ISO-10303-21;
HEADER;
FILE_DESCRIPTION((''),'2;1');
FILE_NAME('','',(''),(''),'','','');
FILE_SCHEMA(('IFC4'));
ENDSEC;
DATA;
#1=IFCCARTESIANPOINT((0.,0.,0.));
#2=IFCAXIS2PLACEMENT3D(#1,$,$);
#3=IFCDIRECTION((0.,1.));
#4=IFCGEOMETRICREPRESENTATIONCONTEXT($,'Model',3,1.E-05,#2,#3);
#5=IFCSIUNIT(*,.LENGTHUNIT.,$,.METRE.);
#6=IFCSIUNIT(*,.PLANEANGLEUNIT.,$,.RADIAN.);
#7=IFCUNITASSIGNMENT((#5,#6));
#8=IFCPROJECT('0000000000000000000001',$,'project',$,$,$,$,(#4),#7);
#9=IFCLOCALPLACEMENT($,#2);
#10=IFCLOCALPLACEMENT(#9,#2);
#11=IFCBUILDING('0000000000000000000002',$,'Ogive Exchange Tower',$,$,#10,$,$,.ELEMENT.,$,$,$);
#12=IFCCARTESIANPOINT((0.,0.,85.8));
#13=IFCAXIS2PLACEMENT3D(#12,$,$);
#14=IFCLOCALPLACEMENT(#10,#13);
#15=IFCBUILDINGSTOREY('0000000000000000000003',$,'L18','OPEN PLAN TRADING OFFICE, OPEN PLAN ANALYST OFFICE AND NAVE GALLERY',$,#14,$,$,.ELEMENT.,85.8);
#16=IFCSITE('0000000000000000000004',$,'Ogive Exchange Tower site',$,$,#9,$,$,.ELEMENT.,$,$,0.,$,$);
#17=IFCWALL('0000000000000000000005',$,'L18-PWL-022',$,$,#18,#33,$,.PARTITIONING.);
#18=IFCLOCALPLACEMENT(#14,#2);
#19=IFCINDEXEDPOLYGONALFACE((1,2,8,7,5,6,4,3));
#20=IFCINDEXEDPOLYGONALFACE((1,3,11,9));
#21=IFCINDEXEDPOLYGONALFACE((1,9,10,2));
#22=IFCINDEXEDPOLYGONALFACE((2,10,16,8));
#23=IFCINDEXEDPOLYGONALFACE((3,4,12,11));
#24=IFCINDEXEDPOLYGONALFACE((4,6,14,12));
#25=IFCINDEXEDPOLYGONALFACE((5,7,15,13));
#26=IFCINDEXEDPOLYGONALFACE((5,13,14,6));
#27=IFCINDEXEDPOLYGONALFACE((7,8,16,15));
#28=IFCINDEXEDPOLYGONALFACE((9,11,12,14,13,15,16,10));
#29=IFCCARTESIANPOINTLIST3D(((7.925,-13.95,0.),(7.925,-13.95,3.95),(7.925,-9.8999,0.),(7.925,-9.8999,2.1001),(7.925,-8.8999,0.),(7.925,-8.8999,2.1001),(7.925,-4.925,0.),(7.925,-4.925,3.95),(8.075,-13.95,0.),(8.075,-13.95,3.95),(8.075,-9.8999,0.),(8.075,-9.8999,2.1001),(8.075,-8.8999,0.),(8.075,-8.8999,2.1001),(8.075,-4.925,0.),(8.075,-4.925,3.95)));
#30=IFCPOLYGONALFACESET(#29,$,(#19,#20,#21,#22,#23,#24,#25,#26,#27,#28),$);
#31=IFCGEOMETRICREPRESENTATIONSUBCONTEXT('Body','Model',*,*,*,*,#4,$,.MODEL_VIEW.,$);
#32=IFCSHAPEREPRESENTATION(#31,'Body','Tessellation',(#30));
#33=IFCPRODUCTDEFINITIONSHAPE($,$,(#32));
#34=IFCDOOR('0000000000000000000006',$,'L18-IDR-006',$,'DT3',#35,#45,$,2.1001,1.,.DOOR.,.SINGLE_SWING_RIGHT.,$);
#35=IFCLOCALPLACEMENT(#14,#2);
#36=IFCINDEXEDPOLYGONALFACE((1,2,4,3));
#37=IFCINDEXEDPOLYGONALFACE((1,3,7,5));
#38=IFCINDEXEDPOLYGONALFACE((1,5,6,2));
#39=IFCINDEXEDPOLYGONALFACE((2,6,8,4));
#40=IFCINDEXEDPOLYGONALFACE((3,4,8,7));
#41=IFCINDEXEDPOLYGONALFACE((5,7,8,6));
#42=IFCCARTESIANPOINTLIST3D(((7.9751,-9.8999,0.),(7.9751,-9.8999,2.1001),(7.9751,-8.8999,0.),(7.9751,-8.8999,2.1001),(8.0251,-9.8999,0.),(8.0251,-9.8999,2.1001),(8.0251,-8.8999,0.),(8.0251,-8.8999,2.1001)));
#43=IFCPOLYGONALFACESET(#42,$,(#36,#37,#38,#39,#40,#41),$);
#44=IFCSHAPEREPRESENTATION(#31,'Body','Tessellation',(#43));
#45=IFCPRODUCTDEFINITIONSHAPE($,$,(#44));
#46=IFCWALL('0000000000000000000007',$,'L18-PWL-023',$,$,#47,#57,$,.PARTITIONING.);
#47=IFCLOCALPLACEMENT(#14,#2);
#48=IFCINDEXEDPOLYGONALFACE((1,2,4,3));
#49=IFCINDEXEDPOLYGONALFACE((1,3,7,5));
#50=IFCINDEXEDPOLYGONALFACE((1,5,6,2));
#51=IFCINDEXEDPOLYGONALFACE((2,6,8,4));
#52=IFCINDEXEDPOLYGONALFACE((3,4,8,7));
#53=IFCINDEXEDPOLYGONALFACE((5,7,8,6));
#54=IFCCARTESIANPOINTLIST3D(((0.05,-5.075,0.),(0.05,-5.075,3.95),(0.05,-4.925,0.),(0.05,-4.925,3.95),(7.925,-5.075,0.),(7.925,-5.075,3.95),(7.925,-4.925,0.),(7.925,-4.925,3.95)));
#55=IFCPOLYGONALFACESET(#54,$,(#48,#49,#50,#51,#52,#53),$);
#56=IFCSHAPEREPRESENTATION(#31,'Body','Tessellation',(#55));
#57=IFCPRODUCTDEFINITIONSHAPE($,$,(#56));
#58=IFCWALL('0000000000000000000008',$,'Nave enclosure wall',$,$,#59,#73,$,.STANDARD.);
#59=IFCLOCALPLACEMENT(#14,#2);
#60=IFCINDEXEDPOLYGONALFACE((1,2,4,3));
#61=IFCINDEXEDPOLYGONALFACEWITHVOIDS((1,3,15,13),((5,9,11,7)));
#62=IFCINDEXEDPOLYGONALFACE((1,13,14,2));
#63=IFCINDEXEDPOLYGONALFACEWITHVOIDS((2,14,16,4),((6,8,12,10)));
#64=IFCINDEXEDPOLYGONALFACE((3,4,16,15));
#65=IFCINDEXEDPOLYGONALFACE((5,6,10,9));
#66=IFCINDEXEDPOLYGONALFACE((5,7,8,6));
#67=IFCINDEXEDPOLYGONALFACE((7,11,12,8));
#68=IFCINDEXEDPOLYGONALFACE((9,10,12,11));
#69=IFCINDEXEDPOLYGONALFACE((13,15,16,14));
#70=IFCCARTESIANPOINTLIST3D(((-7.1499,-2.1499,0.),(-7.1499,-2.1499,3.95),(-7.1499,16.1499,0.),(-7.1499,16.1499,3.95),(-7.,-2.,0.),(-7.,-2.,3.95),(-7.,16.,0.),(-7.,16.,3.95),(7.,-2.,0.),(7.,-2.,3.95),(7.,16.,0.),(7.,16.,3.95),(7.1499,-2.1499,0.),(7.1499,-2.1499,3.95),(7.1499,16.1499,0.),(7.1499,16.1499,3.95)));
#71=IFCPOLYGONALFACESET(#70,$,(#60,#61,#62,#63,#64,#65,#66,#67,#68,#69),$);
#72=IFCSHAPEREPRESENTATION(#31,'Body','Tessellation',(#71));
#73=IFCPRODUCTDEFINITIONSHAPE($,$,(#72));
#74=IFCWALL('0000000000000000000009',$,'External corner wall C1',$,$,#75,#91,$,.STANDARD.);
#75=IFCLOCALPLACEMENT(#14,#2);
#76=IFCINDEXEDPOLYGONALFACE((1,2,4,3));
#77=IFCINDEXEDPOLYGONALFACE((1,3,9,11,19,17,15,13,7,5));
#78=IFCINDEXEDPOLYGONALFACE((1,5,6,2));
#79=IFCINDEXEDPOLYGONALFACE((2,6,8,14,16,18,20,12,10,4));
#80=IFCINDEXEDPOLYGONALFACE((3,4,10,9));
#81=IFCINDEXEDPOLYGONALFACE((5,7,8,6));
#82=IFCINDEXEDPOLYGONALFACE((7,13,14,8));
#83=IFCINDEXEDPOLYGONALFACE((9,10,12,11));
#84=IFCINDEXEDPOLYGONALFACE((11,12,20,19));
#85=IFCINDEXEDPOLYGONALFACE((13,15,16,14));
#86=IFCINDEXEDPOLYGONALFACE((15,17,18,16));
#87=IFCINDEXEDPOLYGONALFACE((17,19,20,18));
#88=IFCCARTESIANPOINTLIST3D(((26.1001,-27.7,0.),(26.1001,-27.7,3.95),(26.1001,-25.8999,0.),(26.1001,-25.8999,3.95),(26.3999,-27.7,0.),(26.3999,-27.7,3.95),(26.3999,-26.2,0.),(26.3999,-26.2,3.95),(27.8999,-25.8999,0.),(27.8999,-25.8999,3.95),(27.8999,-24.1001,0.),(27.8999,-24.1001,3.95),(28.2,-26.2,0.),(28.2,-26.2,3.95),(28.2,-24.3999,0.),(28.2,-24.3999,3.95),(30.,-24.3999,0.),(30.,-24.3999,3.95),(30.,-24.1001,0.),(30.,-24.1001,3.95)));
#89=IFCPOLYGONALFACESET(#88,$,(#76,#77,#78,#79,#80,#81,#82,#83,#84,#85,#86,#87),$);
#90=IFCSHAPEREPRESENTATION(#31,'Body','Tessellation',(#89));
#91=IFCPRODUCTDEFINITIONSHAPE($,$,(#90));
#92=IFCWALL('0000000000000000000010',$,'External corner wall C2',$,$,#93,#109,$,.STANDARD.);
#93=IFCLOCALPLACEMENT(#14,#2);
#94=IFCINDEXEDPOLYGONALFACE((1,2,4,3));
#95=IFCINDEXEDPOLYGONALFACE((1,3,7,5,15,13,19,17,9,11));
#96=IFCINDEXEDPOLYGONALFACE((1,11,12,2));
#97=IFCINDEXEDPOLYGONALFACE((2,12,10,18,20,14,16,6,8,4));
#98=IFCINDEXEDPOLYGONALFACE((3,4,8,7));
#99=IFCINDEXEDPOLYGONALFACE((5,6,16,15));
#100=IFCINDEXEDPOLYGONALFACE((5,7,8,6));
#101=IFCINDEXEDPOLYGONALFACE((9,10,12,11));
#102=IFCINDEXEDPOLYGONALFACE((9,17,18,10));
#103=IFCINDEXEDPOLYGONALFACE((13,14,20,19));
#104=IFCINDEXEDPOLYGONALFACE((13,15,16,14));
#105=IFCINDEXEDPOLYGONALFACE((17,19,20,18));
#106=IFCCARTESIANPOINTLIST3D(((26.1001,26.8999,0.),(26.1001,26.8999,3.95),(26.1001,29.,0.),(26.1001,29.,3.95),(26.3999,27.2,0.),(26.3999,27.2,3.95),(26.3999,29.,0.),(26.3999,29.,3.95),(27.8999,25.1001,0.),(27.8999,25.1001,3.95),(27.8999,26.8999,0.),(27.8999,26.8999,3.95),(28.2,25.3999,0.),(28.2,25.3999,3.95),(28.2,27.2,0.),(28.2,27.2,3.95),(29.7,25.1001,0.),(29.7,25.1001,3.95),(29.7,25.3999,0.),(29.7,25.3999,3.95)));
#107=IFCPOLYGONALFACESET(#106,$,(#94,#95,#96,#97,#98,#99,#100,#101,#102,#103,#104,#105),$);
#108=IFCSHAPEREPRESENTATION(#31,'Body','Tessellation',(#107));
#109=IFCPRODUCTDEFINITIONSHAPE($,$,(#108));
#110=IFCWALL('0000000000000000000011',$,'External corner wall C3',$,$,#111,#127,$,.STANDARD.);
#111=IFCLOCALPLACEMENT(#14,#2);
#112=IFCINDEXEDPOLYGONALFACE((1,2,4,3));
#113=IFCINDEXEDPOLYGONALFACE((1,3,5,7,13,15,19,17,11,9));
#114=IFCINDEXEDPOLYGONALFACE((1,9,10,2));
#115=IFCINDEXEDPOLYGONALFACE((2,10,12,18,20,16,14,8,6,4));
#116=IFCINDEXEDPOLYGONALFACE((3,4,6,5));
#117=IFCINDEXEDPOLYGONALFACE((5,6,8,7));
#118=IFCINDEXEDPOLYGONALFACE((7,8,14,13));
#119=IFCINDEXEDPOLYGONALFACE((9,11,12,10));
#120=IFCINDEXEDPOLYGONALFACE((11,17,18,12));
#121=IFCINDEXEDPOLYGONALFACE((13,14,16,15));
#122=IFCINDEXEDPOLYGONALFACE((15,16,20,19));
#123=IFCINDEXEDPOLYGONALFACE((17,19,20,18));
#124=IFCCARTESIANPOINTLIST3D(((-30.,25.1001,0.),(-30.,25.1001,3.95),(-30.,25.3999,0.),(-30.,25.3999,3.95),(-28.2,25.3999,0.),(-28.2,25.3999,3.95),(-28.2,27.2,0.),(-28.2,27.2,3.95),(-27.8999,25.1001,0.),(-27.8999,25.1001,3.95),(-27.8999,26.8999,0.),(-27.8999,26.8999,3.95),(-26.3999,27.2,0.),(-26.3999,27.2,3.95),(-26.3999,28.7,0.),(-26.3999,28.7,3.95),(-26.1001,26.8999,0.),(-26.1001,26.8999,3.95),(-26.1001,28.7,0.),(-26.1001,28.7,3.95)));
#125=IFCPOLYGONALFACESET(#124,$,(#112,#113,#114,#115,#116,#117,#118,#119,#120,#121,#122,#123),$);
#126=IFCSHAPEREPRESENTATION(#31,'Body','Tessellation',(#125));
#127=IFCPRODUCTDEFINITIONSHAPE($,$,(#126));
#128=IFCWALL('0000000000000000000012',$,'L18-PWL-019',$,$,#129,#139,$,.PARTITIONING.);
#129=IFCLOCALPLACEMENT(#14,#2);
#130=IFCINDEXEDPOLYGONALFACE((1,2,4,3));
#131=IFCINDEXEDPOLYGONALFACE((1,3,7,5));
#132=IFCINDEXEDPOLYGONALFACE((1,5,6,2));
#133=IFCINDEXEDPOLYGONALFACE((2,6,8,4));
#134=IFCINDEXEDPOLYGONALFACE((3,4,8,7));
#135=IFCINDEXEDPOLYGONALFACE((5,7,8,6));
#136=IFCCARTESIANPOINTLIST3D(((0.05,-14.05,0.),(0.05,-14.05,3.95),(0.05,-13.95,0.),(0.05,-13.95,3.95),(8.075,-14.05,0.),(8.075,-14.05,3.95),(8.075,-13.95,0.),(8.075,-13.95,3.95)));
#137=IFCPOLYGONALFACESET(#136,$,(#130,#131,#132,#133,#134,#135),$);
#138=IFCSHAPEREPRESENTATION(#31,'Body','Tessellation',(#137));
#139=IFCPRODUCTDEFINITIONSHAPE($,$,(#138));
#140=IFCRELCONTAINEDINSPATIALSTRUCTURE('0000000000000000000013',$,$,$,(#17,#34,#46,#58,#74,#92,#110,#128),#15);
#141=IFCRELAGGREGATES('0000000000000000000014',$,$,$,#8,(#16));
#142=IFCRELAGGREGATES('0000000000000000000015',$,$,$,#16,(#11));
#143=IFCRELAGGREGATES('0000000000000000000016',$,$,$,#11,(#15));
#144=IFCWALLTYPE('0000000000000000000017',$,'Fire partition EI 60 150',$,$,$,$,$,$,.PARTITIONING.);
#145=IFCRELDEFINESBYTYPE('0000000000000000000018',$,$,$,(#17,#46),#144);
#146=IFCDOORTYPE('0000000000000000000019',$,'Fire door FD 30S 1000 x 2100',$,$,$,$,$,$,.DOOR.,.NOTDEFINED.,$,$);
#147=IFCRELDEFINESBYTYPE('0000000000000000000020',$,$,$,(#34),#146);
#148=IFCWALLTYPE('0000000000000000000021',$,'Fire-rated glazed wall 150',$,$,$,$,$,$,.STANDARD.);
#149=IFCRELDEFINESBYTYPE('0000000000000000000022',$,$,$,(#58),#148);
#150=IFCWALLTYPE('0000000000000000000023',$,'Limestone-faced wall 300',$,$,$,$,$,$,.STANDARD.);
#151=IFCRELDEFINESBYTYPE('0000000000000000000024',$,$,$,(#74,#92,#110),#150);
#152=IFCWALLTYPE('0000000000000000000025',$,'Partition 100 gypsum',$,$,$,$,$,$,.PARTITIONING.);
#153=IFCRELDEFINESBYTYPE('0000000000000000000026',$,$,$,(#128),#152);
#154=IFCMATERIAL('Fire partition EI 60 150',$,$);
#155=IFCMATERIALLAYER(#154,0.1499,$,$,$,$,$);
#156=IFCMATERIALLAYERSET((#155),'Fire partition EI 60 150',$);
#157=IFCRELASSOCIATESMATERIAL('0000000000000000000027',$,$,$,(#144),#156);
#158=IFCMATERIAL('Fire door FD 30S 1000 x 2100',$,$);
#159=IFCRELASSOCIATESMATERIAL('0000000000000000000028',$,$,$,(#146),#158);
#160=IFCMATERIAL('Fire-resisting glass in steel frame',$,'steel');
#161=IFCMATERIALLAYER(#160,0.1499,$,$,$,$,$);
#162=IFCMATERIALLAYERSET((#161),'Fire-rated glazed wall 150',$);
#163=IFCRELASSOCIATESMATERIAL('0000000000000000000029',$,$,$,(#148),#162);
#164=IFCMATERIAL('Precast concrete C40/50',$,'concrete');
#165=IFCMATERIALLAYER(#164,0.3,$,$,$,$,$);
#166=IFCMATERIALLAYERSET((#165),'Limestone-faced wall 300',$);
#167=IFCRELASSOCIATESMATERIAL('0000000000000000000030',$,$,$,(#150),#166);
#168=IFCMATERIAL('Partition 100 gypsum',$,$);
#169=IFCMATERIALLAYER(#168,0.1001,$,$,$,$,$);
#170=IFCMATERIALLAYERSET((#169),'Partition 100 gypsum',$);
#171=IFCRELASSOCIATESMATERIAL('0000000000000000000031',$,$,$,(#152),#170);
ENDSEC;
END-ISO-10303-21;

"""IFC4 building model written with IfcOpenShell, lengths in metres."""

from ifc_helpers import new_model, si_unit, direction, frame, frame_2d, origin, place, context, subcontext, project, spatial, polyline, rectangle, outline, extrude, material, layer, layer_set, type_object, element, fill, save


model = new_model("IFC4")

# Units and contexts
model_context = context("Model", 3, precision=1e-05, world=origin(), true_north=direction((0.0, 1.0)))
body_context = subcontext(model_context, "Body", "Model", "MODEL_VIEW")
ifc_project = project(units=[si_unit("LENGTHUNIT", "METRE"), si_unit("PLANEANGLEUNIT", "RADIAN")], contexts=[model_context])

# Site, building, storey
site_placement = place(None, origin())
site = spatial("IfcSite", under=ifc_project, at=site_placement, Name="Ogive Exchange Tower site", CompositionType="ELEMENT", RefElevation=0.0)
building_placement = place(site_placement, origin())
building = spatial("IfcBuilding", under=site, at=building_placement, Name="Ogive Exchange Tower", CompositionType="ELEMENT")
storey_placement = place(building_placement, frame((0.0, 0.0, 85.8)))
storey = spatial("IfcBuildingStorey", under=building, at=storey_placement, Name="L18", Description="OPEN PLAN TRADING OFFICE, OPEN PLAN ANALYST OFFICE AND NAVE GALLERY", CompositionType="ELEMENT", Elevation=85.8)

# Wall, opening, door
ifc_material_1 = material(Name="Fire partition EI 60 150")
ifc_layer_1 = layer(ifc_material_1, 0.1499)
ifc_layer_set_1 = layer_set([ifc_layer_1], Name="Fire partition EI 60 150")
wall_type_1 = type_object("IfcWallType", Name="Fire partition EI 60 150", PredefinedType="PARTITIONING", material=ifc_layer_set_1)
wall_1_placement = place(storey_placement, frame((8.0, -13.95, 0.0), z_axis=(0.0, 0.0, 1.0), x_axis=(0.0, 1.0, 0.0)))
wall_1 = element("IfcWall", 1, at=wall_1_placement, inside=storey, type_object=wall_type_1, Name="L18-PWL-022", PredefinedType="PARTITIONING", context=body_context, shape_type="SweptSolid", body=[
    extrude(rectangle(XDim=9.0249, YDim=0.1499, at=frame_2d((4.5125, 0.0))), origin(), (0.0, 0.0, 1.0), 3.95),
])
opening_1_placement = place(wall_1_placement, frame((4.05, 0.0, 0.0)))
opening_1 = element("IfcOpeningElement", 2, at=opening_1_placement, cuts=wall_1, PredefinedType="OPENING", context=body_context, shape_type="SweptSolid", body=[
    extrude(rectangle(XDim=1.0, YDim=2.1001, at=frame_2d((0.5, 1.05))), frame((0.0, 0.085, 0.0), z_axis=(0.0, -1.0, 0.0), x_axis=(1.0, 0.0, 0.0)), (0.0, 0.0, 1.0), 0.1699),
])
ifc_material_2 = material(Name="Fire door FD 30S 1000 x 2100")
door_type_1 = type_object("IfcDoorType", Name="Fire door FD 30S 1000 x 2100", OperationType="NOTDEFINED", PredefinedType="DOOR", material=ifc_material_2)
door_1_placement = place(opening_1_placement, origin())
door_1 = element("IfcDoor", 3, at=door_1_placement, inside=storey, type_object=door_type_1, Name="L18-IDR-006", ObjectType="DT3", OperationType="SINGLE_SWING_RIGHT", OverallHeight=2.1001, OverallWidth=1.0, PredefinedType="DOOR", context=body_context, shape_type="SweptSolid", body=[
    extrude(rectangle(XDim=1.0, YDim=2.1001, at=frame_2d((0.5, 1.05))), frame((0.0, 0.0249, 0.0), z_axis=(0.0, -1.0, 0.0), x_axis=(1.0, 0.0, 0.0)), (0.0, 0.0, 1.0), 0.05),
])
fill(opening_1, door_1)

# Walls
wall_2_placement = place(storey_placement, frame((7.925, -5.0, 0.0), z_axis=(0.0, 0.0, 1.0), x_axis=(-1.0, 0.0, 0.0)))
element("IfcWall", 4, at=wall_2_placement, inside=storey, type_object=wall_type_1, Name="L18-PWL-023", PredefinedType="PARTITIONING", context=body_context, shape_type="SweptSolid", body=[
    extrude(rectangle(XDim=7.875, YDim=0.1499, at=frame_2d((3.9375, 0.0))), origin(), (0.0, 0.0, 1.0), 3.95),
])
ifc_material_3 = material(Name="Fire-resisting glass in steel frame", Category="steel")
ifc_layer_2 = layer(ifc_material_3, 0.1499)
ifc_layer_set_2 = layer_set([ifc_layer_2], Name="Fire-rated glazed wall 150")
wall_type_2 = type_object("IfcWallType", Name="Fire-rated glazed wall 150", PredefinedType="STANDARD", material=ifc_layer_set_2)
wall_3_placement = place(storey_placement, origin())
element("IfcWall", 5, at=wall_3_placement, inside=storey, type_object=wall_type_2, Name="Nave enclosure wall", PredefinedType="STANDARD", context=body_context, shape_type="SweptSolid", body=[
    extrude(outline(polyline([(-7.1499, -2.1499), (7.1499, -2.1499), (7.1499, 16.1499), (-7.1499, 16.1499), (-7.1499, -2.1499)]), holes=[polyline([(-7.0, -2.0), (-7.0, 16.0), (7.0, 16.0), (7.0, -2.0), (-7.0, -2.0)])]), origin(), (0.0, 0.0, 1.0), 3.95),
])
ifc_material_4 = material(Name="Precast concrete C40/50", Category="concrete")
ifc_layer_3 = layer(ifc_material_4, 0.3)
ifc_layer_set_3 = layer_set([ifc_layer_3], Name="Limestone-faced wall 300")
wall_type_3 = type_object("IfcWallType", Name="Limestone-faced wall 300", PredefinedType="STANDARD", material=ifc_layer_set_3)
wall_4_placement = place(storey_placement, origin())
element("IfcWall", 6, at=wall_4_placement, inside=storey, type_object=wall_type_3, Name="External corner wall C1", PredefinedType="STANDARD", context=body_context, shape_type="SweptSolid", body=[
    extrude(outline(polyline([(27.8999, -25.8999), (27.8999, -24.1001), (30.0, -24.1001), (30.0, -24.3999), (28.2, -24.3999), (28.2, -26.2), (26.3999, -26.2), (26.3999, -27.7), (26.1001, -27.7), (26.1001, -25.8999), (27.8999, -25.8999)])), origin(), (0.0, 0.0, 1.0), 3.95),
])
wall_5_placement = place(storey_placement, origin())
element("IfcWall", 7, at=wall_5_placement, inside=storey, type_object=wall_type_3, Name="External corner wall C2", PredefinedType="STANDARD", context=body_context, shape_type="SweptSolid", body=[
    extrude(outline(polyline([(27.8999, 26.8999), (26.1001, 26.8999), (26.1001, 29.0), (26.3999, 29.0), (26.3999, 27.2), (28.2, 27.2), (28.2, 25.3999), (29.7, 25.3999), (29.7, 25.1001), (27.8999, 25.1001), (27.8999, 26.8999)])), origin(), (0.0, 0.0, 1.0), 3.95),
])
wall_6_placement = place(storey_placement, origin())
element("IfcWall", 8, at=wall_6_placement, inside=storey, type_object=wall_type_3, Name="External corner wall C3", PredefinedType="STANDARD", context=body_context, shape_type="SweptSolid", body=[
    extrude(outline(polyline([(-28.2, 25.3999), (-28.2, 27.2), (-26.3999, 27.2), (-26.3999, 28.7), (-26.1001, 28.7), (-26.1001, 26.8999), (-27.8999, 26.8999), (-27.8999, 25.1001), (-30.0, 25.1001), (-30.0, 25.3999), (-28.2, 25.3999)])), origin(), (0.0, 0.0, 1.0), 3.95),
])
ifc_material_5 = material(Name="Partition 100 gypsum")
ifc_layer_4 = layer(ifc_material_5, 0.1001)
ifc_layer_set_4 = layer_set([ifc_layer_4], Name="Partition 100 gypsum")
wall_type_4 = type_object("IfcWallType", Name="Partition 100 gypsum", PredefinedType="PARTITIONING", material=ifc_layer_set_4)
wall_7_placement = place(storey_placement, frame((0.05, -14.0, 0.0), z_axis=(0.0, 0.0, 1.0), x_axis=(1.0, 0.0, 0.0)))
element("IfcWall", 9, at=wall_7_placement, inside=storey, type_object=wall_type_4, Name="L18-PWL-019", PredefinedType="PARTITIONING", context=body_context, shape_type="SweptSolid", body=[
    extrude(rectangle(XDim=8.0249, YDim=0.1001, at=frame_2d((4.0125, 0.0))), origin(), (0.0, 0.0, 1.0), 3.95),
])

save(model, "model.ifc")
